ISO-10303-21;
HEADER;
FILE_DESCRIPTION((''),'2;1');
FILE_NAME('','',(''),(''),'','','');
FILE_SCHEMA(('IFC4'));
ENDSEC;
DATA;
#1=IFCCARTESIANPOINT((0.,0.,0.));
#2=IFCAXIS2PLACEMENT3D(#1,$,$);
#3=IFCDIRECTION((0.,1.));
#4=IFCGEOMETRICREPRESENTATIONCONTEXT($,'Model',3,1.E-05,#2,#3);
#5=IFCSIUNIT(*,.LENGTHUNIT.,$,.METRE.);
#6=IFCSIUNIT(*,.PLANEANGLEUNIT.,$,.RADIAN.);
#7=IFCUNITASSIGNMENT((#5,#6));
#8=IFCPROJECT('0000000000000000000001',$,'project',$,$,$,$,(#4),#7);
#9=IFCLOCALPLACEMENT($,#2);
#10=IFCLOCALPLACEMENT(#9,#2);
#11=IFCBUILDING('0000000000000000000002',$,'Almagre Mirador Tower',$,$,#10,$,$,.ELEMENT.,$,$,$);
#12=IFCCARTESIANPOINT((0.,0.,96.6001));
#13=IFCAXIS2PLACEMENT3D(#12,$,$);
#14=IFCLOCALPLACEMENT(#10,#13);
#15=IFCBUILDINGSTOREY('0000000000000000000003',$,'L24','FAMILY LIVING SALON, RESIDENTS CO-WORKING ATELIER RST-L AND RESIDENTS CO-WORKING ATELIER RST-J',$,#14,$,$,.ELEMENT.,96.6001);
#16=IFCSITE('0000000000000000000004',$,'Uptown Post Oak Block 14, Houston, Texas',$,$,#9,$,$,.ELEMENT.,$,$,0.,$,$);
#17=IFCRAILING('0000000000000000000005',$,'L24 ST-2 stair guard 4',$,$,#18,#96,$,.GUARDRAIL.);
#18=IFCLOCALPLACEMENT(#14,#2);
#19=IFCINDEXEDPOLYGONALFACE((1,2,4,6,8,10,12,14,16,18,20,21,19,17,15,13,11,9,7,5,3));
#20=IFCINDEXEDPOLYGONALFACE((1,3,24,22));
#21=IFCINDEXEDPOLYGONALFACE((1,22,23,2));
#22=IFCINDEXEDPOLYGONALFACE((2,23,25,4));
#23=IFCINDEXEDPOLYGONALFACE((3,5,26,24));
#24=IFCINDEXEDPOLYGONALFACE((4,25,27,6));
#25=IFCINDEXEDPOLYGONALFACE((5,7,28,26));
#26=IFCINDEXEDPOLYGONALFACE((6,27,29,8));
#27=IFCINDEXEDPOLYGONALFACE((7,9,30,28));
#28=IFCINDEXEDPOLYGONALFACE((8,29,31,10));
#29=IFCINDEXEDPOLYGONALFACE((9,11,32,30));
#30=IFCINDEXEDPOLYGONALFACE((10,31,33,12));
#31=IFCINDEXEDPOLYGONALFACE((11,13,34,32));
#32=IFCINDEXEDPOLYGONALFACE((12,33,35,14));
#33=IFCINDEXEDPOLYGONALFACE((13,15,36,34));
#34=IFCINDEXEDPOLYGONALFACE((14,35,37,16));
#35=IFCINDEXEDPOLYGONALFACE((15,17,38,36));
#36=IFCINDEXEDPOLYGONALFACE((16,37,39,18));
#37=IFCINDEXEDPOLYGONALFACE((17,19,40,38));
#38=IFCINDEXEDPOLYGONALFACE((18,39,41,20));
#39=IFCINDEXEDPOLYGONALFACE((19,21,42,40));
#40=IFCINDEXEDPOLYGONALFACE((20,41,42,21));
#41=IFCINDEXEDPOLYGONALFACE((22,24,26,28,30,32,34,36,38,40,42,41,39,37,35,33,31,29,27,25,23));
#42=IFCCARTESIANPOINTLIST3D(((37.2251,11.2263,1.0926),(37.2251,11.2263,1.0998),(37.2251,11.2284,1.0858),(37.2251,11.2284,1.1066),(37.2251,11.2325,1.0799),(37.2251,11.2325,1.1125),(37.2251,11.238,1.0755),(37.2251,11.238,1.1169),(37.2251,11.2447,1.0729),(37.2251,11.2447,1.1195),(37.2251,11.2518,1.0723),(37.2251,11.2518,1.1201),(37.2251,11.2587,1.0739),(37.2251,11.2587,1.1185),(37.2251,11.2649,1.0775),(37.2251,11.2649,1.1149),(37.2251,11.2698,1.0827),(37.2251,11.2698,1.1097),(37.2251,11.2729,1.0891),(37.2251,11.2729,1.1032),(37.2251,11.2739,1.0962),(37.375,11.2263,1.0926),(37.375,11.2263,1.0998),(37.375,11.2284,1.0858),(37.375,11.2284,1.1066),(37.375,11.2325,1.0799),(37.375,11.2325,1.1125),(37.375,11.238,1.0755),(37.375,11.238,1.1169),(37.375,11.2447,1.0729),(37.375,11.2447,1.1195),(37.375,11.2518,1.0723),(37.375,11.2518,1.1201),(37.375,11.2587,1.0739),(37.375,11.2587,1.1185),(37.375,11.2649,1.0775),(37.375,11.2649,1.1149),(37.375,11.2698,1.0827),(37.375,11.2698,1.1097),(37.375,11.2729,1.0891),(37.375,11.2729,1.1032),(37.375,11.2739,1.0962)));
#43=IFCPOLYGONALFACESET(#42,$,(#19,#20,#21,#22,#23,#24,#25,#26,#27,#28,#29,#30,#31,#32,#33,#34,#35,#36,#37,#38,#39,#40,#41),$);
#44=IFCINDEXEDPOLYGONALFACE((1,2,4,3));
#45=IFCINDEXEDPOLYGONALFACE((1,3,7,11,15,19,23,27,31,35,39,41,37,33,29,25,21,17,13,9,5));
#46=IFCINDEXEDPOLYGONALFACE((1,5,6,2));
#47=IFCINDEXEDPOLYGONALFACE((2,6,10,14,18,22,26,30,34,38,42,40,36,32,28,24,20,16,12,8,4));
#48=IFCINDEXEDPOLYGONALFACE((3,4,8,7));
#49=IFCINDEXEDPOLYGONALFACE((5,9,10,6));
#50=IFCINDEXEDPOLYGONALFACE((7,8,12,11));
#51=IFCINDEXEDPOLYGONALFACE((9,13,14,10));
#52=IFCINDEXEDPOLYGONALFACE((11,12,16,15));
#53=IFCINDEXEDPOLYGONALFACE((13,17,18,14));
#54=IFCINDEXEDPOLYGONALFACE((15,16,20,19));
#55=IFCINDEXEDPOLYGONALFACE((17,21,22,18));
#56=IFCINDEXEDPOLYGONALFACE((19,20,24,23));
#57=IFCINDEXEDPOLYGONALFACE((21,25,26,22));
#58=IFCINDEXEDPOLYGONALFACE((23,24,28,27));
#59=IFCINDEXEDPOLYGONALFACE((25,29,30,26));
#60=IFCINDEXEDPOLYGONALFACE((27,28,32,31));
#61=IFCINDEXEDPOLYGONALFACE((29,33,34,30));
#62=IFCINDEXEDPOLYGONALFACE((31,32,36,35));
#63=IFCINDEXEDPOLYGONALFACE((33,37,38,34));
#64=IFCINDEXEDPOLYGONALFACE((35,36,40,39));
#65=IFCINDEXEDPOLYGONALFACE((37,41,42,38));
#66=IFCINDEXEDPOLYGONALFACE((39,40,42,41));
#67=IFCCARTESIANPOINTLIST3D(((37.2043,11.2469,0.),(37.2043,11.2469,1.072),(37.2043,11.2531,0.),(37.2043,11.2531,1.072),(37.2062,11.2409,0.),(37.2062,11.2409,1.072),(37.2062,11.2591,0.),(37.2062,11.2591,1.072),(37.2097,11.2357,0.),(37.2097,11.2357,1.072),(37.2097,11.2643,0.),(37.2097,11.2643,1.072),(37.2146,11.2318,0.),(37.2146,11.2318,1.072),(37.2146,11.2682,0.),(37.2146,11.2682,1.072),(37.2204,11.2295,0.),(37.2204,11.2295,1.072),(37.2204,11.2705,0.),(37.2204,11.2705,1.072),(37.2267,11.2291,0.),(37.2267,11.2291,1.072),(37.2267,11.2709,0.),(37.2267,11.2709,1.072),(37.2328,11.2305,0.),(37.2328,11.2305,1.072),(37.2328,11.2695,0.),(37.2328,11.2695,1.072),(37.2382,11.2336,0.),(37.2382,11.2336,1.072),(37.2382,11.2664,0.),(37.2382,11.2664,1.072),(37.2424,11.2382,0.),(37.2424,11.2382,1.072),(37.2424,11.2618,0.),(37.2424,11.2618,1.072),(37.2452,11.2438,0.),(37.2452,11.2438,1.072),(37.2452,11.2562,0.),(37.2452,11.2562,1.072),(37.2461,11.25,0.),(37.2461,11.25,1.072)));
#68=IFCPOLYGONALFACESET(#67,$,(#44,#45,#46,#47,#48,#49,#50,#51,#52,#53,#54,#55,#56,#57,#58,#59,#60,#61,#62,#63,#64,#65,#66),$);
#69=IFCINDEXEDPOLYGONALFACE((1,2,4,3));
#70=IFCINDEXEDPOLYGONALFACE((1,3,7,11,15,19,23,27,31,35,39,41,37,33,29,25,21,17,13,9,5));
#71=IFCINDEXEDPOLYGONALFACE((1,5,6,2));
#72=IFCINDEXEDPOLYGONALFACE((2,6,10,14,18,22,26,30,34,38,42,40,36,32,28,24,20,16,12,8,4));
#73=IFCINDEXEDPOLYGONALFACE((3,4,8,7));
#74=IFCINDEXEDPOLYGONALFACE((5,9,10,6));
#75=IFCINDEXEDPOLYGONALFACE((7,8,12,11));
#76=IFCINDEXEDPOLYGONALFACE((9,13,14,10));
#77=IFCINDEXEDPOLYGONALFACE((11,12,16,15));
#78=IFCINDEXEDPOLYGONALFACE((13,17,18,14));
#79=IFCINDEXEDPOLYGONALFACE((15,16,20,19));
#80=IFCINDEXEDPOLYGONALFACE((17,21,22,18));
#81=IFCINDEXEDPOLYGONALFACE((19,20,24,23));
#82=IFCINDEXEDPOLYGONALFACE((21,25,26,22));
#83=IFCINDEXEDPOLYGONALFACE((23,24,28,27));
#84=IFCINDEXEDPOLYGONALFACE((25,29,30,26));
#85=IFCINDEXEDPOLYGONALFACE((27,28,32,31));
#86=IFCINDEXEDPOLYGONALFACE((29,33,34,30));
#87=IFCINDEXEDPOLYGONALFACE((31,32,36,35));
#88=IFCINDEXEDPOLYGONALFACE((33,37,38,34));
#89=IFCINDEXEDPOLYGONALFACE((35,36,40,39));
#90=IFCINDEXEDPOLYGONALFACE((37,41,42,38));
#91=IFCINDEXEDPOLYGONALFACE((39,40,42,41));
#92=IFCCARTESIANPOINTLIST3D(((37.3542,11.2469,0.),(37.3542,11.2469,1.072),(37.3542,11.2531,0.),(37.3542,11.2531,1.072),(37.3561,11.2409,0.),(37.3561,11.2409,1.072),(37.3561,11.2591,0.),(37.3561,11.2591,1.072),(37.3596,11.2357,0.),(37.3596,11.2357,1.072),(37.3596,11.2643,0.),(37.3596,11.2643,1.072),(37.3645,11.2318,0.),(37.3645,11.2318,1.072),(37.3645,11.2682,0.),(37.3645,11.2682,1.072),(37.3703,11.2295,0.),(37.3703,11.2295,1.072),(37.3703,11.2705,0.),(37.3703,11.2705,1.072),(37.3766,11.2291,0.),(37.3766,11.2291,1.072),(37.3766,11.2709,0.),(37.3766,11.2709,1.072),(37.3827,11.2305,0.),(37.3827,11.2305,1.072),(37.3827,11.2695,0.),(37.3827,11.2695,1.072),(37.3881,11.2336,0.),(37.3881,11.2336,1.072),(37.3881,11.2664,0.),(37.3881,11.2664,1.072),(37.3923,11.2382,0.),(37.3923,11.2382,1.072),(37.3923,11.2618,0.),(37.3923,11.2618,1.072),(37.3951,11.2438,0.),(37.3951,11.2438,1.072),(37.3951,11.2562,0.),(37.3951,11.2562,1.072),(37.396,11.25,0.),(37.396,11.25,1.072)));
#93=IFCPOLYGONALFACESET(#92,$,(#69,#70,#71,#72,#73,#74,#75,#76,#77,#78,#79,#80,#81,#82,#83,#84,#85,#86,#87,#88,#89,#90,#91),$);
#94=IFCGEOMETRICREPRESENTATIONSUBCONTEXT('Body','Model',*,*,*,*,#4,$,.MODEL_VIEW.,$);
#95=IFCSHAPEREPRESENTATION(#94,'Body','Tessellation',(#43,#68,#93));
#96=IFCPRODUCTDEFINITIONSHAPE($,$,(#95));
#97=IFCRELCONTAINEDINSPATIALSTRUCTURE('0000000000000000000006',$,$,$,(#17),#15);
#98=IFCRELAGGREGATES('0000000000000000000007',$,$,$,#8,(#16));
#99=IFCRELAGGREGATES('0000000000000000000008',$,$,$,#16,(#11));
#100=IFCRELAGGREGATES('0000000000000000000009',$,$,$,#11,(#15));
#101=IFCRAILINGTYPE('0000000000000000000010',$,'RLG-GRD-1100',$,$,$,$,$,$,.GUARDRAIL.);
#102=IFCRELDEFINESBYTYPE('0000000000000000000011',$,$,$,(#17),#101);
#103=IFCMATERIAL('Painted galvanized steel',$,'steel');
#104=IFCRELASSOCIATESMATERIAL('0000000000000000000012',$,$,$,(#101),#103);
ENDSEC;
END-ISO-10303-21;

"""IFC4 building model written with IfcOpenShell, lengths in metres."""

from ifc_helpers import new_model, si_unit, direction, frame, origin, origin_2d, place, context, subcontext, project, spatial, circle, extrude, material, type_object, element, save


model = new_model("IFC4")

# Units and contexts
model_context = context("Model", 3, precision=1e-05, world=origin(), true_north=direction((0.0, 1.0)))
body_context = subcontext(model_context, "Body", "Model", "MODEL_VIEW")
ifc_project = project(units=[si_unit("LENGTHUNIT", "METRE"), si_unit("PLANEANGLEUNIT", "RADIAN")], contexts=[model_context])

# Site, building, storey
site_placement = place(None, origin())
site = spatial("IfcSite", under=ifc_project, at=site_placement, Name="Uptown Post Oak Block 14, Houston, Texas", CompositionType="ELEMENT", RefElevation=0.0)
building_placement = place(site_placement, origin())
building = spatial("IfcBuilding", under=site, at=building_placement, Name="Almagre Mirador Tower", CompositionType="ELEMENT")
storey_placement = place(building_placement, frame((0.0, 0.0, 96.6001)))
storey = spatial("IfcBuildingStorey", under=building, at=storey_placement, Name="L24", Description="FAMILY LIVING SALON, RESIDENTS CO-WORKING ATELIER RST-L AND RESIDENTS CO-WORKING ATELIER RST-J", CompositionType="ELEMENT", Elevation=96.6001)

# Railing
ifc_material_1 = material(Name="Painted galvanized steel", Category="steel")
railing_type_1 = type_object("IfcRailingType", Name="RLG-GRD-1100", PredefinedType="GUARDRAIL", material=ifc_material_1)
railing_1_placement = place(storey_placement, frame((37.2251, 11.25, 0.0)))
element("IfcRailing", 1, at=railing_1_placement, inside=storey, type_object=railing_type_1, Name="L24 ST-2 stair guard 4", PredefinedType="GUARDRAIL", context=body_context, shape_type="SweptSolid", body=[
    extrude(circle(Radius=0.0239, at=origin_2d()), frame((0.0, 0.0, 1.0962), z_axis=(1.0, 0.0, 0.0), x_axis=(0.0, 1.0, 0.0)), (0.0, 0.0, 1.0), 0.1499),
    extrude(circle(Radius=0.021, at=origin_2d()), origin(), (0.0, 0.0, 1.0), 1.072),
    extrude(circle(Radius=0.021, at=origin_2d()), frame((0.1499, 0.0, 0.0)), (0.0, 0.0, 1.0), 1.072),
])

save(model, "model.ifc")
